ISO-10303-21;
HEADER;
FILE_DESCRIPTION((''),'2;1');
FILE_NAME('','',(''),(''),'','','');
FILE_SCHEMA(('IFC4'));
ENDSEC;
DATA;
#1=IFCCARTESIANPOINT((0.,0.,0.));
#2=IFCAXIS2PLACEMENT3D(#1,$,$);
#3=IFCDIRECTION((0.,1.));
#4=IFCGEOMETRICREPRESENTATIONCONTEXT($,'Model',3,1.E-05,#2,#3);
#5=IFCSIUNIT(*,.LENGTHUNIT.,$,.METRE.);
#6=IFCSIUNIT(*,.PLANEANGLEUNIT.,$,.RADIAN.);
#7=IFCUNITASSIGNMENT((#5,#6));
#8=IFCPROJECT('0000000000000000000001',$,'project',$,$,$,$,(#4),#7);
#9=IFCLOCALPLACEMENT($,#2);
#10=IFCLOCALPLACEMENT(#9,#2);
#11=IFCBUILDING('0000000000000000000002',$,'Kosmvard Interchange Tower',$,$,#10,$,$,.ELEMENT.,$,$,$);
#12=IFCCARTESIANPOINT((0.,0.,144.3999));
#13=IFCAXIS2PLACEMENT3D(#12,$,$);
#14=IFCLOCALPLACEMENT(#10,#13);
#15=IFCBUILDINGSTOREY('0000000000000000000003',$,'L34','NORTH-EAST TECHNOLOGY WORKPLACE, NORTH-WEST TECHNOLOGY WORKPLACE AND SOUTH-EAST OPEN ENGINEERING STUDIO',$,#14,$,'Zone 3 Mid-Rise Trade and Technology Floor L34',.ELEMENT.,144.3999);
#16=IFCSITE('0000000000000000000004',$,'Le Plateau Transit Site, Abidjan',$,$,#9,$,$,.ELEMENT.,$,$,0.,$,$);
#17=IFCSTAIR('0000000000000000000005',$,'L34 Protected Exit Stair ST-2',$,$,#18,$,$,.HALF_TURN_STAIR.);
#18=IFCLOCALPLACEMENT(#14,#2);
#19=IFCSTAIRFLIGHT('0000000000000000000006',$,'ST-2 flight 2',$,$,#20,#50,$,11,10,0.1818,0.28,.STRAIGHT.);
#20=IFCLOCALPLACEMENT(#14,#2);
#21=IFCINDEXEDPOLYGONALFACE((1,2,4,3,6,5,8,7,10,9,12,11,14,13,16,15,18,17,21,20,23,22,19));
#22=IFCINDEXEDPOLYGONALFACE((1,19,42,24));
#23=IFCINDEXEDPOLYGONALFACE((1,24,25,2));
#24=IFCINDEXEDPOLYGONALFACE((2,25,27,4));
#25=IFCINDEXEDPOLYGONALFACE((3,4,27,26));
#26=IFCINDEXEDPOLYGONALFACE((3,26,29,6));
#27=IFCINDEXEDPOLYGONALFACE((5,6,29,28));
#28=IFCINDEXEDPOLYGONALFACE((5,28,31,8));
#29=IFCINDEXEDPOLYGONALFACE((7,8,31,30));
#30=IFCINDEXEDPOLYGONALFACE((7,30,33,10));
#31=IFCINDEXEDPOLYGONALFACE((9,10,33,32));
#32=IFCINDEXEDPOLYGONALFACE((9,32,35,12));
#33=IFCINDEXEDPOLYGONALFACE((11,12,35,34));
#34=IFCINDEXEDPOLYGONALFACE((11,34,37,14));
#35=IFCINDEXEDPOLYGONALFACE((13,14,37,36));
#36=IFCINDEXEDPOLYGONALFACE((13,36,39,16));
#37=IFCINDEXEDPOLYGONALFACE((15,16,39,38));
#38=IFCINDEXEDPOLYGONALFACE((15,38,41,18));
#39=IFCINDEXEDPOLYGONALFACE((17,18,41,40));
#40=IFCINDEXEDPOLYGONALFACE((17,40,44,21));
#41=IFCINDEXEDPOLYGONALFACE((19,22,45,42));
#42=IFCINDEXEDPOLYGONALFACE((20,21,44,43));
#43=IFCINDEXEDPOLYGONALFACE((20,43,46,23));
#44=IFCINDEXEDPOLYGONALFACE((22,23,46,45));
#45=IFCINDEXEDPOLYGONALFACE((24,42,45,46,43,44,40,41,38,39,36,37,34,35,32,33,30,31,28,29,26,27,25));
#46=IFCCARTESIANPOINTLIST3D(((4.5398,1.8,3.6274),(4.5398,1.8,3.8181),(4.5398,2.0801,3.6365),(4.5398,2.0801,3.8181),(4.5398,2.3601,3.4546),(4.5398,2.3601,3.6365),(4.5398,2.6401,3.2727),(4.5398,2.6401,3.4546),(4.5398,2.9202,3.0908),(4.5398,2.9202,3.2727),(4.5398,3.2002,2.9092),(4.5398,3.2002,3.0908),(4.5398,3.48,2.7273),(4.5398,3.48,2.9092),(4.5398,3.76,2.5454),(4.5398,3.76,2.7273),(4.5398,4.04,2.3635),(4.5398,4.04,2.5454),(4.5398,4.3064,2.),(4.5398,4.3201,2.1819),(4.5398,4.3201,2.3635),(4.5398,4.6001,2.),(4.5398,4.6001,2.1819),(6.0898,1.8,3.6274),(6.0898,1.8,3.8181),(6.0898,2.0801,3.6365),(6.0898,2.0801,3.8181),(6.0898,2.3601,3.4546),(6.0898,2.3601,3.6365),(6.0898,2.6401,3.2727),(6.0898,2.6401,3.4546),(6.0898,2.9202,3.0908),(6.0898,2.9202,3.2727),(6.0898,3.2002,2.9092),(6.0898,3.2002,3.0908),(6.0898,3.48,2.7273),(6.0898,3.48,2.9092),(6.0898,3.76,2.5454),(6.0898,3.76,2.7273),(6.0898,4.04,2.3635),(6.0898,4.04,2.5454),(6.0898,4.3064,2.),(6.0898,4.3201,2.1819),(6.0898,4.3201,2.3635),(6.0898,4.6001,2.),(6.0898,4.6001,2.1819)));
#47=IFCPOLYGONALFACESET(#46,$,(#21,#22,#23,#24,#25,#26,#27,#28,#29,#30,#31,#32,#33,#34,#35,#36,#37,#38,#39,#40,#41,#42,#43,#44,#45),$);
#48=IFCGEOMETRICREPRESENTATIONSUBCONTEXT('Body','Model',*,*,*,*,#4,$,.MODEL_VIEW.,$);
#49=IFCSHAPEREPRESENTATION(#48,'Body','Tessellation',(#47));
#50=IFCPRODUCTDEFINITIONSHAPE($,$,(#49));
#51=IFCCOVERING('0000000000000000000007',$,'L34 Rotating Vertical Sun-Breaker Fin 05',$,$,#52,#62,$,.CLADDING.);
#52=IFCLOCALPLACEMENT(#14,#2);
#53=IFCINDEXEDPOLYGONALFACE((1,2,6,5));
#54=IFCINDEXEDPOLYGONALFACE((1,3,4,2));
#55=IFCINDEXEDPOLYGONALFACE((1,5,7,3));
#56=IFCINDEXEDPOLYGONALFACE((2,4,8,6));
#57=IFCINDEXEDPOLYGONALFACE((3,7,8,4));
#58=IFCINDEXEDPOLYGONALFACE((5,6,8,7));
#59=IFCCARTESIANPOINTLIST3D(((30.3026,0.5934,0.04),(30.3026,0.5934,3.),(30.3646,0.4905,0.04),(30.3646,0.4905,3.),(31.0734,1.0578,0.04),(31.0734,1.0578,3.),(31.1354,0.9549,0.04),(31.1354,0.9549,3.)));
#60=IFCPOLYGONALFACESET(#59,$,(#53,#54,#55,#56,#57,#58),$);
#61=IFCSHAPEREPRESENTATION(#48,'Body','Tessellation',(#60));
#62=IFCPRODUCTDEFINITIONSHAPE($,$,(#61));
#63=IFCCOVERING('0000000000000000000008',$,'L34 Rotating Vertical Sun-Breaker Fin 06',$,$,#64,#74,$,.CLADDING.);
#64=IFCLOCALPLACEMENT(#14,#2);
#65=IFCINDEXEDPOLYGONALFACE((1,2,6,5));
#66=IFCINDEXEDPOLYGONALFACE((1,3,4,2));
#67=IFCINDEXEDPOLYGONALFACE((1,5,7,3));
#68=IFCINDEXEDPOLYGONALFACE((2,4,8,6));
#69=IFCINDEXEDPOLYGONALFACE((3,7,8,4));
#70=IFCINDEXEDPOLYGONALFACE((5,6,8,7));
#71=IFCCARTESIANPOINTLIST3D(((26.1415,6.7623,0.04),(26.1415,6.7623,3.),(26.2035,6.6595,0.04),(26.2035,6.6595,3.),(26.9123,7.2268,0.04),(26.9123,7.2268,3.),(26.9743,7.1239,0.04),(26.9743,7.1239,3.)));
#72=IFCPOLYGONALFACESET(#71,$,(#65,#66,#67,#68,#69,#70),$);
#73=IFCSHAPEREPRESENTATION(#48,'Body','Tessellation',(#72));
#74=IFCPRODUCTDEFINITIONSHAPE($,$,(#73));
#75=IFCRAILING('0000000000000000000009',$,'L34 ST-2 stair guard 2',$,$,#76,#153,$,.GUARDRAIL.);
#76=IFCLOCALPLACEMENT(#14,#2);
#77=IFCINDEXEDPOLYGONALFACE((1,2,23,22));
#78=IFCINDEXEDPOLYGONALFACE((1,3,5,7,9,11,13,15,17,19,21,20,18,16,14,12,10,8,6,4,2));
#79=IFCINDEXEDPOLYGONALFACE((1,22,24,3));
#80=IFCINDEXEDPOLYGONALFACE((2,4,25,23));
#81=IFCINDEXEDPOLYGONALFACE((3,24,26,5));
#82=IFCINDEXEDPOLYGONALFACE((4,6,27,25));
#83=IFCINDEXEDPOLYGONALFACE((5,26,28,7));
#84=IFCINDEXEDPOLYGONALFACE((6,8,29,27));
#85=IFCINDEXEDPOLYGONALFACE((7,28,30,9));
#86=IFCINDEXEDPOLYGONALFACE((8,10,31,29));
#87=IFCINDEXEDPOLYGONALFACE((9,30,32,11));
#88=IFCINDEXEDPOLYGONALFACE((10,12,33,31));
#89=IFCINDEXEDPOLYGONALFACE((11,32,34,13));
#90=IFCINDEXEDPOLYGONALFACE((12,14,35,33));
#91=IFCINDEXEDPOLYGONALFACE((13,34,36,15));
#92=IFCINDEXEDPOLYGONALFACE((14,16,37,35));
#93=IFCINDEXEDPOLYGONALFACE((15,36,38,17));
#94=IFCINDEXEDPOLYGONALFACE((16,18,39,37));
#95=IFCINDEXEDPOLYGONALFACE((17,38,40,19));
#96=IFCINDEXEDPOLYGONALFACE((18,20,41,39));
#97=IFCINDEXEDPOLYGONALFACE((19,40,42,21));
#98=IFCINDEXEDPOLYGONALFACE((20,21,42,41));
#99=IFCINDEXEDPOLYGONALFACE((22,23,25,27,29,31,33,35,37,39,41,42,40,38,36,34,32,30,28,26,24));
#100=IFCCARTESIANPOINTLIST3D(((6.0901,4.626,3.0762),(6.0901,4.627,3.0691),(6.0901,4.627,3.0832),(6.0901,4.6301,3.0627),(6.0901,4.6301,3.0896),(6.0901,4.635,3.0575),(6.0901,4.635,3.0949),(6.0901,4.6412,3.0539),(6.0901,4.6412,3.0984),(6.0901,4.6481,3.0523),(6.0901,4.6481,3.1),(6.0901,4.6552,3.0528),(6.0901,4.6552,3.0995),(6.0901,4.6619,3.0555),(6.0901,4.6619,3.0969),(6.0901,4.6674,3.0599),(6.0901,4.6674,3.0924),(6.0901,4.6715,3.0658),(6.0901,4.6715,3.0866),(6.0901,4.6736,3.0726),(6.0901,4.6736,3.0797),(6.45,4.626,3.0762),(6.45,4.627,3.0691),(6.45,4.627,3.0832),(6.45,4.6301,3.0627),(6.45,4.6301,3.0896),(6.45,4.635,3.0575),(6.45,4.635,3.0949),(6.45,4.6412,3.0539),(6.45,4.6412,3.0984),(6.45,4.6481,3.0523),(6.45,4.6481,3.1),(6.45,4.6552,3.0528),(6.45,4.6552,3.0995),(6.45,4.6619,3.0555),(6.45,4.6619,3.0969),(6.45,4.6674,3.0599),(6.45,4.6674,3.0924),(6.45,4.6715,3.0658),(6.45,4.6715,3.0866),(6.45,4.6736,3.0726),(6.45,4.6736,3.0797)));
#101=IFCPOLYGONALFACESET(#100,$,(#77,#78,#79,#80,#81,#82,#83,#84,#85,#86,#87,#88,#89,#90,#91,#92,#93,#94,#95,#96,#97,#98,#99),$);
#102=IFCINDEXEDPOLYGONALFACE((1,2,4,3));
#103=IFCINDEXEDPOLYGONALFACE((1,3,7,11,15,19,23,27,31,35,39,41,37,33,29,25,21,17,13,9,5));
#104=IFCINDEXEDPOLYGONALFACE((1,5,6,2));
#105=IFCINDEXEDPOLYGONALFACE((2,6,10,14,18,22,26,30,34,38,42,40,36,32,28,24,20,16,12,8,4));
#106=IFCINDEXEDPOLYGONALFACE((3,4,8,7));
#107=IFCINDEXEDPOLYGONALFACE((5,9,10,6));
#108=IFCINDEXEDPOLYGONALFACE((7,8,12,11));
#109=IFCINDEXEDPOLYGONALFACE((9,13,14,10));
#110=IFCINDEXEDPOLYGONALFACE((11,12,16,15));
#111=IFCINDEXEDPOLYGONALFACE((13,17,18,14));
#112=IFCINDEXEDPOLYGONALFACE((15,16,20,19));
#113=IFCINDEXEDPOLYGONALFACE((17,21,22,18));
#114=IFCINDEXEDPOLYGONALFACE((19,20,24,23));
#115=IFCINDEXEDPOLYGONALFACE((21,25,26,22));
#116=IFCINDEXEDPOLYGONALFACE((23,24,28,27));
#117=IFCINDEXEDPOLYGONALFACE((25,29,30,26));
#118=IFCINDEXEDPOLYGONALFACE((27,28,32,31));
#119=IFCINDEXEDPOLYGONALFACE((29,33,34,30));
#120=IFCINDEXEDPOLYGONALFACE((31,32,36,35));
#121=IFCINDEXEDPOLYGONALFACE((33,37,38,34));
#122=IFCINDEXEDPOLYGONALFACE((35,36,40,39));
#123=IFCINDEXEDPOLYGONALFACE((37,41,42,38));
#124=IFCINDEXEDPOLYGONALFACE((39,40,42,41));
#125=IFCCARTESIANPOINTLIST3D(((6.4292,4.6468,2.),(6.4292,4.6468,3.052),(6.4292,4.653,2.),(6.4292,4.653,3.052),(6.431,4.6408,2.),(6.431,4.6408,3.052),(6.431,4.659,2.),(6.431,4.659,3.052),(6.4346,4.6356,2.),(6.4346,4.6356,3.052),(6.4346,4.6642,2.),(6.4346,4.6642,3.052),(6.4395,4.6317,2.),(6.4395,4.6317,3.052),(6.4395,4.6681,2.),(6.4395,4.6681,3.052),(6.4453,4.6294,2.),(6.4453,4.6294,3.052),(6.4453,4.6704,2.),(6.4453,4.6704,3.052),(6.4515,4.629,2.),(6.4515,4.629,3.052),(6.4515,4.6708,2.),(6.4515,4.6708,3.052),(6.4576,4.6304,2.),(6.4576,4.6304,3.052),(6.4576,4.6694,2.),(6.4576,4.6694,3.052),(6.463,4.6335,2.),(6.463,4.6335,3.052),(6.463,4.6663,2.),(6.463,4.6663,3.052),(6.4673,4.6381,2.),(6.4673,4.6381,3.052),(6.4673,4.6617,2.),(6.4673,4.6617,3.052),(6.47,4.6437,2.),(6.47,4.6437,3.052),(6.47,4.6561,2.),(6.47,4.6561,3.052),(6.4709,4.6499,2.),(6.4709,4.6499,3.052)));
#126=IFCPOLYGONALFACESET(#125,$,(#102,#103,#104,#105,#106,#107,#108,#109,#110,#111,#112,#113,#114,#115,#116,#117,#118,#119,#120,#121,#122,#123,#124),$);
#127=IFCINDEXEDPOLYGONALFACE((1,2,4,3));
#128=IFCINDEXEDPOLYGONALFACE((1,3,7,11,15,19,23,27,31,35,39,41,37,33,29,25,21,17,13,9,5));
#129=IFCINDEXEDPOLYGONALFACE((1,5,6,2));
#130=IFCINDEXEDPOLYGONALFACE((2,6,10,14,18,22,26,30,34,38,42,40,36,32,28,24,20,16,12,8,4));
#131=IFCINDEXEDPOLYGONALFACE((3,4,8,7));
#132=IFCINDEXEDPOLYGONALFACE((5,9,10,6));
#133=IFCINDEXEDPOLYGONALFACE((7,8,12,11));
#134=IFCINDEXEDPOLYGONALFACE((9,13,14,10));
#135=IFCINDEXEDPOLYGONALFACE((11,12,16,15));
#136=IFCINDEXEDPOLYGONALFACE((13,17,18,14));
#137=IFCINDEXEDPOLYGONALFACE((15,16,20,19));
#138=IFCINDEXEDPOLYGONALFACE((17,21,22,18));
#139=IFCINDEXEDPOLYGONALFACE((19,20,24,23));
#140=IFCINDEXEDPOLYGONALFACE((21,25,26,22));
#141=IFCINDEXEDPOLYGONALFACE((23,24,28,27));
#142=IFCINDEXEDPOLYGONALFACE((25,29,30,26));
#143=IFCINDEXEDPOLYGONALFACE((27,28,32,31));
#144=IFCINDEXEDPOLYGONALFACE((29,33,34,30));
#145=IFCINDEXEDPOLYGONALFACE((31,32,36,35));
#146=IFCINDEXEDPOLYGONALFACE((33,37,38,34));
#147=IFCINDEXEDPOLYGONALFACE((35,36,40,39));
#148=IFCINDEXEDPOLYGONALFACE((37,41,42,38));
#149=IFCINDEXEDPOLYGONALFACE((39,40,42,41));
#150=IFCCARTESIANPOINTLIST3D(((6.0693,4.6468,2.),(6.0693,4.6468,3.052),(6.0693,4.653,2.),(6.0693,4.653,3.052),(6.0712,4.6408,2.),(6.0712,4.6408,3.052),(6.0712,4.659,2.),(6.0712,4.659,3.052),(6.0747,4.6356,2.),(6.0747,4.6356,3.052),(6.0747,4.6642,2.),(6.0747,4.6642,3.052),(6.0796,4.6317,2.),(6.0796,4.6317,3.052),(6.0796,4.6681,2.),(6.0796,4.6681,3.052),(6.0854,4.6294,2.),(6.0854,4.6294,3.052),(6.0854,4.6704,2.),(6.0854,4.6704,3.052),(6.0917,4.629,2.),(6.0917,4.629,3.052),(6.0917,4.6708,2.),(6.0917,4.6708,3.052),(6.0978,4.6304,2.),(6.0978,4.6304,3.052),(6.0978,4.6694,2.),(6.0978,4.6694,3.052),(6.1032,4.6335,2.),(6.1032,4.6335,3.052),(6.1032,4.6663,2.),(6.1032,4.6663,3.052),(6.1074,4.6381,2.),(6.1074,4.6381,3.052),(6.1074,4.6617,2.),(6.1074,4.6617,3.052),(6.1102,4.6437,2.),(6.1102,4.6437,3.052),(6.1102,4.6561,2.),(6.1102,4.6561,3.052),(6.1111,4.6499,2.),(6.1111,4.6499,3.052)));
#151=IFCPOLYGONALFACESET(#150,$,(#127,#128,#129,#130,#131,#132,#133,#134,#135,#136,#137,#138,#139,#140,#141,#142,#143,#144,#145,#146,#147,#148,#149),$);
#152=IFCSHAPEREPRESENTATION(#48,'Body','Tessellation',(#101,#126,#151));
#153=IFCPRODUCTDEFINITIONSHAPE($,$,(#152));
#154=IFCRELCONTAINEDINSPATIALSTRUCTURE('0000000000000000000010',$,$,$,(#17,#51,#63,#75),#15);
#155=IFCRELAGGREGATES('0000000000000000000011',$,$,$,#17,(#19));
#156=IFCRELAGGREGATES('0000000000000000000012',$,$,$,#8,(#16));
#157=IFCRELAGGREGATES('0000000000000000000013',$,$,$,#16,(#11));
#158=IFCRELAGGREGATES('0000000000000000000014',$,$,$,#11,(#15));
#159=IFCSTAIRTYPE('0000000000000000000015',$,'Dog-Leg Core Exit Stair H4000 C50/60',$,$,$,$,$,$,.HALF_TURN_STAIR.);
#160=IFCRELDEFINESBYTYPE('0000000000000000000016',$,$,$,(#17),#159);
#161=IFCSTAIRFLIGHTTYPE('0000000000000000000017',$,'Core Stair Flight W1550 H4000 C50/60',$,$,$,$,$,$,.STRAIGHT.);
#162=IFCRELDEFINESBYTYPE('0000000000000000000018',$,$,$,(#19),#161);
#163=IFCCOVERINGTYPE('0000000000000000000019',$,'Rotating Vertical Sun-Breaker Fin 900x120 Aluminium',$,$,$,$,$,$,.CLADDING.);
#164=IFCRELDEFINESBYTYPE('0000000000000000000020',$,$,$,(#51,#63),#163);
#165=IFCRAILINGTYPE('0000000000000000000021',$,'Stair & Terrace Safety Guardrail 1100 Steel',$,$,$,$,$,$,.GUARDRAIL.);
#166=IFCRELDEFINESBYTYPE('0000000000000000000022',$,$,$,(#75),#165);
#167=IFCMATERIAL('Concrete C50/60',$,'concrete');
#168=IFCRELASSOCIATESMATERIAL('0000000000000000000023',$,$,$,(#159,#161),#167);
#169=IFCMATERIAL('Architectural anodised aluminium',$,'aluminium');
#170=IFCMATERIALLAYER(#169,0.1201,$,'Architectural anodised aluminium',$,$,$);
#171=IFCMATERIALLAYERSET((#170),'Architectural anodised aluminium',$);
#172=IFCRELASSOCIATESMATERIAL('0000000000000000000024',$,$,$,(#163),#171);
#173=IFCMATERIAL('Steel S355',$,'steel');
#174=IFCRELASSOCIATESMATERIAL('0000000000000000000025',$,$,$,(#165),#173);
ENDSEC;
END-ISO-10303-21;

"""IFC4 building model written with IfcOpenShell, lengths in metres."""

from ifc_helpers import new_model, si_unit, direction, frame, origin, origin_2d, place, context, subcontext, project, spatial, polyline, rectangle, circle, outline, extrude, source, transform, mapped, material, layer, layer_set, type_object, element, aggregate, save


model = new_model("IFC4")

# Units and contexts
model_context = context("Model", 3, precision=1e-05, world=origin(), true_north=direction((0.0, 1.0)))
body_context = subcontext(model_context, "Body", "Model", "MODEL_VIEW")
ifc_project = project(units=[si_unit("LENGTHUNIT", "METRE"), si_unit("PLANEANGLEUNIT", "RADIAN")], contexts=[model_context])

# Site, building, storey
site_placement = place(None, origin())
site = spatial("IfcSite", under=ifc_project, at=site_placement, Name="Le Plateau Transit Site, Abidjan", CompositionType="ELEMENT", RefElevation=0.0)
building_placement = place(site_placement, origin())
building = spatial("IfcBuilding", under=site, at=building_placement, Name="Kosmvard Interchange Tower", CompositionType="ELEMENT")
storey_placement = place(building_placement, frame((0.0, 0.0, 144.3999)))
storey = spatial("IfcBuildingStorey", under=building, at=storey_placement, Name="L34", Description="NORTH-EAST TECHNOLOGY WORKPLACE, NORTH-WEST TECHNOLOGY WORKPLACE AND SOUTH-EAST OPEN ENGINEERING STUDIO", LongName="Zone 3 Mid-Rise Trade and Technology Floor L34", CompositionType="ELEMENT", Elevation=144.3999)

# Shared definitions
ifc_material_1 = material(Name="Steel S355", Category="steel")

# Stair
ifc_material_2 = material(Name="Concrete C50/60", Category="concrete")
stair_type = type_object("IfcStairType", Name="Dog-Leg Core Exit Stair H4000 C50/60", PredefinedType="HALF_TURN_STAIR", material=ifc_material_2)
stair_1_placement = place(storey_placement, origin())
stair_1 = element("IfcStair", 1, at=stair_1_placement, inside=storey, type_object=stair_type, Name="L34 Protected Exit Stair ST-2", PredefinedType="HALF_TURN_STAIR")

# Stair flight
stair_flight_type = type_object("IfcStairFlightType", Name="Core Stair Flight W1550 H4000 C50/60", PredefinedType="STRAIGHT", material=ifc_material_2)
shared_shape_1 = source(origin(), body_context, "Body", "SweptSolid", [
    extrude(outline(polyline([(0.0, 0.0), (0.0, 0.1819), (0.28, 0.1819), (0.28, 0.3635), (0.5601, 0.3635), (0.5601, 0.5454), (0.8401, 0.5454), (0.8401, 0.7273), (1.1201, 0.7273), (1.1201, 0.9092), (1.3999, 0.9092), (1.3999, 1.0908), (1.6799, 1.0908), (1.6799, 1.2727), (1.96, 1.2727), (1.96, 1.4546), (2.24, 1.4546), (2.24, 1.6365), (2.52, 1.6365), (2.52, 1.8181), (2.8, 1.8181), (2.8, 2.0), (2.8, 1.6274), (0.2937, 0.0), (0.0, 0.0)])), frame((0.0, 0.7749, 0.0), z_axis=(0.0, -1.0, 0.0), x_axis=(1.0, 0.0, 0.0)), (0.0, 0.0, 1.0), 1.55),
])
stair_flight_1_placement = place(storey_placement, frame((5.3149, 4.6001, 2.0), z_axis=(0.0, 0.0, 1.0), x_axis=(0.0, -1.0, 0.0)))
stair_flight_1 = element("IfcStairFlight", 2, at=stair_flight_1_placement, type_object=stair_flight_type, Name="ST-2 flight 2", NumberOfRisers=11, NumberOfTreads=10, PredefinedType="STRAIGHT", RiserHeight=0.1818, TreadLength=0.28, context=body_context, shape_type="MappedRepresentation", body=[
    mapped(shared_shape_1, transform((0.0, 0.0, 0.0), scale=1.0)),
])
aggregate(stair_1, [stair_flight_1])

# Coverings
ifc_material_3 = material(Name="Architectural anodised aluminium", Category="aluminium")
ifc_layer_1 = layer(ifc_material_3, 0.1201, Name="Architectural anodised aluminium")
ifc_layer_set_1 = layer_set([ifc_layer_1], Name="Architectural anodised aluminium")
covering_type = type_object("IfcCoveringType", Name="Rotating Vertical Sun-Breaker Fin 900x120 Aluminium", PredefinedType="CLADDING", material=ifc_layer_set_1)
shared_shape_2 = source(origin(), body_context, "Body", "SweptSolid", [
    extrude(rectangle(XDim=0.8999, YDim=0.1201, at=origin_2d()), origin(), (0.0, 0.0, 1.0), 2.96),
])
for number, where, z_axis, x_axis, name in (
    (3, (30.719, 0.7742, 0.04), (0.0, 0.0, 1.0), (0.856537, 0.516085, 0.0), "L34 Rotating Vertical Sun-Breaker Fin 05"),
    (4, (26.5579, 6.9431, 0.04), (0.0, 0.0, 1.0), (0.856537, 0.516085, 0.0), "L34 Rotating Vertical Sun-Breaker Fin 06"),
):
    element("IfcCovering", number, at=place(storey_placement, frame(where, z_axis=z_axis, x_axis=x_axis)), inside=storey, type_object=covering_type, Name=name, PredefinedType="CLADDING", context=body_context, shape_type="MappedRepresentation", body=[
        mapped(shared_shape_2, transform((0.0, 0.0, 0.0), scale=1.0)),
    ])

# Railing
railing_type_1 = type_object("IfcRailingType", Name="Stair & Terrace Safety Guardrail 1100 Steel", PredefinedType="GUARDRAIL", material=ifc_material_1)
shared_shape_3 = source(origin(), body_context, "Body", "SweptSolid", [
    extrude(circle(Radius=0.0239, at=origin_2d()), frame((0.0, 0.0, 1.0762), z_axis=(-1.0, 0.0, 0.0), x_axis=(0.0, -1.0, 0.0)), (0.0, 0.0, 1.0), 0.3599),
    extrude(circle(Radius=0.021, at=origin_2d()), origin(), (0.0, 0.0, 1.0), 1.052),
    extrude(circle(Radius=0.021, at=origin_2d()), frame((-0.3599, 0.0, 0.0)), (0.0, 0.0, 1.0), 1.052),
])
for number, where, name in (
    (5, (6.45, 4.6499, 2.0), "L34 ST-2 stair guard 2"),
):
    element("IfcRailing", number, at=place(storey_placement, frame(where)), inside=storey, type_object=railing_type_1, Name=name, PredefinedType="GUARDRAIL", context=body_context, shape_type="MappedRepresentation", body=[
        mapped(shared_shape_3, transform((0.0, 0.0, 0.0), scale=1.0)),
    ])

save(model, "model.ifc")
